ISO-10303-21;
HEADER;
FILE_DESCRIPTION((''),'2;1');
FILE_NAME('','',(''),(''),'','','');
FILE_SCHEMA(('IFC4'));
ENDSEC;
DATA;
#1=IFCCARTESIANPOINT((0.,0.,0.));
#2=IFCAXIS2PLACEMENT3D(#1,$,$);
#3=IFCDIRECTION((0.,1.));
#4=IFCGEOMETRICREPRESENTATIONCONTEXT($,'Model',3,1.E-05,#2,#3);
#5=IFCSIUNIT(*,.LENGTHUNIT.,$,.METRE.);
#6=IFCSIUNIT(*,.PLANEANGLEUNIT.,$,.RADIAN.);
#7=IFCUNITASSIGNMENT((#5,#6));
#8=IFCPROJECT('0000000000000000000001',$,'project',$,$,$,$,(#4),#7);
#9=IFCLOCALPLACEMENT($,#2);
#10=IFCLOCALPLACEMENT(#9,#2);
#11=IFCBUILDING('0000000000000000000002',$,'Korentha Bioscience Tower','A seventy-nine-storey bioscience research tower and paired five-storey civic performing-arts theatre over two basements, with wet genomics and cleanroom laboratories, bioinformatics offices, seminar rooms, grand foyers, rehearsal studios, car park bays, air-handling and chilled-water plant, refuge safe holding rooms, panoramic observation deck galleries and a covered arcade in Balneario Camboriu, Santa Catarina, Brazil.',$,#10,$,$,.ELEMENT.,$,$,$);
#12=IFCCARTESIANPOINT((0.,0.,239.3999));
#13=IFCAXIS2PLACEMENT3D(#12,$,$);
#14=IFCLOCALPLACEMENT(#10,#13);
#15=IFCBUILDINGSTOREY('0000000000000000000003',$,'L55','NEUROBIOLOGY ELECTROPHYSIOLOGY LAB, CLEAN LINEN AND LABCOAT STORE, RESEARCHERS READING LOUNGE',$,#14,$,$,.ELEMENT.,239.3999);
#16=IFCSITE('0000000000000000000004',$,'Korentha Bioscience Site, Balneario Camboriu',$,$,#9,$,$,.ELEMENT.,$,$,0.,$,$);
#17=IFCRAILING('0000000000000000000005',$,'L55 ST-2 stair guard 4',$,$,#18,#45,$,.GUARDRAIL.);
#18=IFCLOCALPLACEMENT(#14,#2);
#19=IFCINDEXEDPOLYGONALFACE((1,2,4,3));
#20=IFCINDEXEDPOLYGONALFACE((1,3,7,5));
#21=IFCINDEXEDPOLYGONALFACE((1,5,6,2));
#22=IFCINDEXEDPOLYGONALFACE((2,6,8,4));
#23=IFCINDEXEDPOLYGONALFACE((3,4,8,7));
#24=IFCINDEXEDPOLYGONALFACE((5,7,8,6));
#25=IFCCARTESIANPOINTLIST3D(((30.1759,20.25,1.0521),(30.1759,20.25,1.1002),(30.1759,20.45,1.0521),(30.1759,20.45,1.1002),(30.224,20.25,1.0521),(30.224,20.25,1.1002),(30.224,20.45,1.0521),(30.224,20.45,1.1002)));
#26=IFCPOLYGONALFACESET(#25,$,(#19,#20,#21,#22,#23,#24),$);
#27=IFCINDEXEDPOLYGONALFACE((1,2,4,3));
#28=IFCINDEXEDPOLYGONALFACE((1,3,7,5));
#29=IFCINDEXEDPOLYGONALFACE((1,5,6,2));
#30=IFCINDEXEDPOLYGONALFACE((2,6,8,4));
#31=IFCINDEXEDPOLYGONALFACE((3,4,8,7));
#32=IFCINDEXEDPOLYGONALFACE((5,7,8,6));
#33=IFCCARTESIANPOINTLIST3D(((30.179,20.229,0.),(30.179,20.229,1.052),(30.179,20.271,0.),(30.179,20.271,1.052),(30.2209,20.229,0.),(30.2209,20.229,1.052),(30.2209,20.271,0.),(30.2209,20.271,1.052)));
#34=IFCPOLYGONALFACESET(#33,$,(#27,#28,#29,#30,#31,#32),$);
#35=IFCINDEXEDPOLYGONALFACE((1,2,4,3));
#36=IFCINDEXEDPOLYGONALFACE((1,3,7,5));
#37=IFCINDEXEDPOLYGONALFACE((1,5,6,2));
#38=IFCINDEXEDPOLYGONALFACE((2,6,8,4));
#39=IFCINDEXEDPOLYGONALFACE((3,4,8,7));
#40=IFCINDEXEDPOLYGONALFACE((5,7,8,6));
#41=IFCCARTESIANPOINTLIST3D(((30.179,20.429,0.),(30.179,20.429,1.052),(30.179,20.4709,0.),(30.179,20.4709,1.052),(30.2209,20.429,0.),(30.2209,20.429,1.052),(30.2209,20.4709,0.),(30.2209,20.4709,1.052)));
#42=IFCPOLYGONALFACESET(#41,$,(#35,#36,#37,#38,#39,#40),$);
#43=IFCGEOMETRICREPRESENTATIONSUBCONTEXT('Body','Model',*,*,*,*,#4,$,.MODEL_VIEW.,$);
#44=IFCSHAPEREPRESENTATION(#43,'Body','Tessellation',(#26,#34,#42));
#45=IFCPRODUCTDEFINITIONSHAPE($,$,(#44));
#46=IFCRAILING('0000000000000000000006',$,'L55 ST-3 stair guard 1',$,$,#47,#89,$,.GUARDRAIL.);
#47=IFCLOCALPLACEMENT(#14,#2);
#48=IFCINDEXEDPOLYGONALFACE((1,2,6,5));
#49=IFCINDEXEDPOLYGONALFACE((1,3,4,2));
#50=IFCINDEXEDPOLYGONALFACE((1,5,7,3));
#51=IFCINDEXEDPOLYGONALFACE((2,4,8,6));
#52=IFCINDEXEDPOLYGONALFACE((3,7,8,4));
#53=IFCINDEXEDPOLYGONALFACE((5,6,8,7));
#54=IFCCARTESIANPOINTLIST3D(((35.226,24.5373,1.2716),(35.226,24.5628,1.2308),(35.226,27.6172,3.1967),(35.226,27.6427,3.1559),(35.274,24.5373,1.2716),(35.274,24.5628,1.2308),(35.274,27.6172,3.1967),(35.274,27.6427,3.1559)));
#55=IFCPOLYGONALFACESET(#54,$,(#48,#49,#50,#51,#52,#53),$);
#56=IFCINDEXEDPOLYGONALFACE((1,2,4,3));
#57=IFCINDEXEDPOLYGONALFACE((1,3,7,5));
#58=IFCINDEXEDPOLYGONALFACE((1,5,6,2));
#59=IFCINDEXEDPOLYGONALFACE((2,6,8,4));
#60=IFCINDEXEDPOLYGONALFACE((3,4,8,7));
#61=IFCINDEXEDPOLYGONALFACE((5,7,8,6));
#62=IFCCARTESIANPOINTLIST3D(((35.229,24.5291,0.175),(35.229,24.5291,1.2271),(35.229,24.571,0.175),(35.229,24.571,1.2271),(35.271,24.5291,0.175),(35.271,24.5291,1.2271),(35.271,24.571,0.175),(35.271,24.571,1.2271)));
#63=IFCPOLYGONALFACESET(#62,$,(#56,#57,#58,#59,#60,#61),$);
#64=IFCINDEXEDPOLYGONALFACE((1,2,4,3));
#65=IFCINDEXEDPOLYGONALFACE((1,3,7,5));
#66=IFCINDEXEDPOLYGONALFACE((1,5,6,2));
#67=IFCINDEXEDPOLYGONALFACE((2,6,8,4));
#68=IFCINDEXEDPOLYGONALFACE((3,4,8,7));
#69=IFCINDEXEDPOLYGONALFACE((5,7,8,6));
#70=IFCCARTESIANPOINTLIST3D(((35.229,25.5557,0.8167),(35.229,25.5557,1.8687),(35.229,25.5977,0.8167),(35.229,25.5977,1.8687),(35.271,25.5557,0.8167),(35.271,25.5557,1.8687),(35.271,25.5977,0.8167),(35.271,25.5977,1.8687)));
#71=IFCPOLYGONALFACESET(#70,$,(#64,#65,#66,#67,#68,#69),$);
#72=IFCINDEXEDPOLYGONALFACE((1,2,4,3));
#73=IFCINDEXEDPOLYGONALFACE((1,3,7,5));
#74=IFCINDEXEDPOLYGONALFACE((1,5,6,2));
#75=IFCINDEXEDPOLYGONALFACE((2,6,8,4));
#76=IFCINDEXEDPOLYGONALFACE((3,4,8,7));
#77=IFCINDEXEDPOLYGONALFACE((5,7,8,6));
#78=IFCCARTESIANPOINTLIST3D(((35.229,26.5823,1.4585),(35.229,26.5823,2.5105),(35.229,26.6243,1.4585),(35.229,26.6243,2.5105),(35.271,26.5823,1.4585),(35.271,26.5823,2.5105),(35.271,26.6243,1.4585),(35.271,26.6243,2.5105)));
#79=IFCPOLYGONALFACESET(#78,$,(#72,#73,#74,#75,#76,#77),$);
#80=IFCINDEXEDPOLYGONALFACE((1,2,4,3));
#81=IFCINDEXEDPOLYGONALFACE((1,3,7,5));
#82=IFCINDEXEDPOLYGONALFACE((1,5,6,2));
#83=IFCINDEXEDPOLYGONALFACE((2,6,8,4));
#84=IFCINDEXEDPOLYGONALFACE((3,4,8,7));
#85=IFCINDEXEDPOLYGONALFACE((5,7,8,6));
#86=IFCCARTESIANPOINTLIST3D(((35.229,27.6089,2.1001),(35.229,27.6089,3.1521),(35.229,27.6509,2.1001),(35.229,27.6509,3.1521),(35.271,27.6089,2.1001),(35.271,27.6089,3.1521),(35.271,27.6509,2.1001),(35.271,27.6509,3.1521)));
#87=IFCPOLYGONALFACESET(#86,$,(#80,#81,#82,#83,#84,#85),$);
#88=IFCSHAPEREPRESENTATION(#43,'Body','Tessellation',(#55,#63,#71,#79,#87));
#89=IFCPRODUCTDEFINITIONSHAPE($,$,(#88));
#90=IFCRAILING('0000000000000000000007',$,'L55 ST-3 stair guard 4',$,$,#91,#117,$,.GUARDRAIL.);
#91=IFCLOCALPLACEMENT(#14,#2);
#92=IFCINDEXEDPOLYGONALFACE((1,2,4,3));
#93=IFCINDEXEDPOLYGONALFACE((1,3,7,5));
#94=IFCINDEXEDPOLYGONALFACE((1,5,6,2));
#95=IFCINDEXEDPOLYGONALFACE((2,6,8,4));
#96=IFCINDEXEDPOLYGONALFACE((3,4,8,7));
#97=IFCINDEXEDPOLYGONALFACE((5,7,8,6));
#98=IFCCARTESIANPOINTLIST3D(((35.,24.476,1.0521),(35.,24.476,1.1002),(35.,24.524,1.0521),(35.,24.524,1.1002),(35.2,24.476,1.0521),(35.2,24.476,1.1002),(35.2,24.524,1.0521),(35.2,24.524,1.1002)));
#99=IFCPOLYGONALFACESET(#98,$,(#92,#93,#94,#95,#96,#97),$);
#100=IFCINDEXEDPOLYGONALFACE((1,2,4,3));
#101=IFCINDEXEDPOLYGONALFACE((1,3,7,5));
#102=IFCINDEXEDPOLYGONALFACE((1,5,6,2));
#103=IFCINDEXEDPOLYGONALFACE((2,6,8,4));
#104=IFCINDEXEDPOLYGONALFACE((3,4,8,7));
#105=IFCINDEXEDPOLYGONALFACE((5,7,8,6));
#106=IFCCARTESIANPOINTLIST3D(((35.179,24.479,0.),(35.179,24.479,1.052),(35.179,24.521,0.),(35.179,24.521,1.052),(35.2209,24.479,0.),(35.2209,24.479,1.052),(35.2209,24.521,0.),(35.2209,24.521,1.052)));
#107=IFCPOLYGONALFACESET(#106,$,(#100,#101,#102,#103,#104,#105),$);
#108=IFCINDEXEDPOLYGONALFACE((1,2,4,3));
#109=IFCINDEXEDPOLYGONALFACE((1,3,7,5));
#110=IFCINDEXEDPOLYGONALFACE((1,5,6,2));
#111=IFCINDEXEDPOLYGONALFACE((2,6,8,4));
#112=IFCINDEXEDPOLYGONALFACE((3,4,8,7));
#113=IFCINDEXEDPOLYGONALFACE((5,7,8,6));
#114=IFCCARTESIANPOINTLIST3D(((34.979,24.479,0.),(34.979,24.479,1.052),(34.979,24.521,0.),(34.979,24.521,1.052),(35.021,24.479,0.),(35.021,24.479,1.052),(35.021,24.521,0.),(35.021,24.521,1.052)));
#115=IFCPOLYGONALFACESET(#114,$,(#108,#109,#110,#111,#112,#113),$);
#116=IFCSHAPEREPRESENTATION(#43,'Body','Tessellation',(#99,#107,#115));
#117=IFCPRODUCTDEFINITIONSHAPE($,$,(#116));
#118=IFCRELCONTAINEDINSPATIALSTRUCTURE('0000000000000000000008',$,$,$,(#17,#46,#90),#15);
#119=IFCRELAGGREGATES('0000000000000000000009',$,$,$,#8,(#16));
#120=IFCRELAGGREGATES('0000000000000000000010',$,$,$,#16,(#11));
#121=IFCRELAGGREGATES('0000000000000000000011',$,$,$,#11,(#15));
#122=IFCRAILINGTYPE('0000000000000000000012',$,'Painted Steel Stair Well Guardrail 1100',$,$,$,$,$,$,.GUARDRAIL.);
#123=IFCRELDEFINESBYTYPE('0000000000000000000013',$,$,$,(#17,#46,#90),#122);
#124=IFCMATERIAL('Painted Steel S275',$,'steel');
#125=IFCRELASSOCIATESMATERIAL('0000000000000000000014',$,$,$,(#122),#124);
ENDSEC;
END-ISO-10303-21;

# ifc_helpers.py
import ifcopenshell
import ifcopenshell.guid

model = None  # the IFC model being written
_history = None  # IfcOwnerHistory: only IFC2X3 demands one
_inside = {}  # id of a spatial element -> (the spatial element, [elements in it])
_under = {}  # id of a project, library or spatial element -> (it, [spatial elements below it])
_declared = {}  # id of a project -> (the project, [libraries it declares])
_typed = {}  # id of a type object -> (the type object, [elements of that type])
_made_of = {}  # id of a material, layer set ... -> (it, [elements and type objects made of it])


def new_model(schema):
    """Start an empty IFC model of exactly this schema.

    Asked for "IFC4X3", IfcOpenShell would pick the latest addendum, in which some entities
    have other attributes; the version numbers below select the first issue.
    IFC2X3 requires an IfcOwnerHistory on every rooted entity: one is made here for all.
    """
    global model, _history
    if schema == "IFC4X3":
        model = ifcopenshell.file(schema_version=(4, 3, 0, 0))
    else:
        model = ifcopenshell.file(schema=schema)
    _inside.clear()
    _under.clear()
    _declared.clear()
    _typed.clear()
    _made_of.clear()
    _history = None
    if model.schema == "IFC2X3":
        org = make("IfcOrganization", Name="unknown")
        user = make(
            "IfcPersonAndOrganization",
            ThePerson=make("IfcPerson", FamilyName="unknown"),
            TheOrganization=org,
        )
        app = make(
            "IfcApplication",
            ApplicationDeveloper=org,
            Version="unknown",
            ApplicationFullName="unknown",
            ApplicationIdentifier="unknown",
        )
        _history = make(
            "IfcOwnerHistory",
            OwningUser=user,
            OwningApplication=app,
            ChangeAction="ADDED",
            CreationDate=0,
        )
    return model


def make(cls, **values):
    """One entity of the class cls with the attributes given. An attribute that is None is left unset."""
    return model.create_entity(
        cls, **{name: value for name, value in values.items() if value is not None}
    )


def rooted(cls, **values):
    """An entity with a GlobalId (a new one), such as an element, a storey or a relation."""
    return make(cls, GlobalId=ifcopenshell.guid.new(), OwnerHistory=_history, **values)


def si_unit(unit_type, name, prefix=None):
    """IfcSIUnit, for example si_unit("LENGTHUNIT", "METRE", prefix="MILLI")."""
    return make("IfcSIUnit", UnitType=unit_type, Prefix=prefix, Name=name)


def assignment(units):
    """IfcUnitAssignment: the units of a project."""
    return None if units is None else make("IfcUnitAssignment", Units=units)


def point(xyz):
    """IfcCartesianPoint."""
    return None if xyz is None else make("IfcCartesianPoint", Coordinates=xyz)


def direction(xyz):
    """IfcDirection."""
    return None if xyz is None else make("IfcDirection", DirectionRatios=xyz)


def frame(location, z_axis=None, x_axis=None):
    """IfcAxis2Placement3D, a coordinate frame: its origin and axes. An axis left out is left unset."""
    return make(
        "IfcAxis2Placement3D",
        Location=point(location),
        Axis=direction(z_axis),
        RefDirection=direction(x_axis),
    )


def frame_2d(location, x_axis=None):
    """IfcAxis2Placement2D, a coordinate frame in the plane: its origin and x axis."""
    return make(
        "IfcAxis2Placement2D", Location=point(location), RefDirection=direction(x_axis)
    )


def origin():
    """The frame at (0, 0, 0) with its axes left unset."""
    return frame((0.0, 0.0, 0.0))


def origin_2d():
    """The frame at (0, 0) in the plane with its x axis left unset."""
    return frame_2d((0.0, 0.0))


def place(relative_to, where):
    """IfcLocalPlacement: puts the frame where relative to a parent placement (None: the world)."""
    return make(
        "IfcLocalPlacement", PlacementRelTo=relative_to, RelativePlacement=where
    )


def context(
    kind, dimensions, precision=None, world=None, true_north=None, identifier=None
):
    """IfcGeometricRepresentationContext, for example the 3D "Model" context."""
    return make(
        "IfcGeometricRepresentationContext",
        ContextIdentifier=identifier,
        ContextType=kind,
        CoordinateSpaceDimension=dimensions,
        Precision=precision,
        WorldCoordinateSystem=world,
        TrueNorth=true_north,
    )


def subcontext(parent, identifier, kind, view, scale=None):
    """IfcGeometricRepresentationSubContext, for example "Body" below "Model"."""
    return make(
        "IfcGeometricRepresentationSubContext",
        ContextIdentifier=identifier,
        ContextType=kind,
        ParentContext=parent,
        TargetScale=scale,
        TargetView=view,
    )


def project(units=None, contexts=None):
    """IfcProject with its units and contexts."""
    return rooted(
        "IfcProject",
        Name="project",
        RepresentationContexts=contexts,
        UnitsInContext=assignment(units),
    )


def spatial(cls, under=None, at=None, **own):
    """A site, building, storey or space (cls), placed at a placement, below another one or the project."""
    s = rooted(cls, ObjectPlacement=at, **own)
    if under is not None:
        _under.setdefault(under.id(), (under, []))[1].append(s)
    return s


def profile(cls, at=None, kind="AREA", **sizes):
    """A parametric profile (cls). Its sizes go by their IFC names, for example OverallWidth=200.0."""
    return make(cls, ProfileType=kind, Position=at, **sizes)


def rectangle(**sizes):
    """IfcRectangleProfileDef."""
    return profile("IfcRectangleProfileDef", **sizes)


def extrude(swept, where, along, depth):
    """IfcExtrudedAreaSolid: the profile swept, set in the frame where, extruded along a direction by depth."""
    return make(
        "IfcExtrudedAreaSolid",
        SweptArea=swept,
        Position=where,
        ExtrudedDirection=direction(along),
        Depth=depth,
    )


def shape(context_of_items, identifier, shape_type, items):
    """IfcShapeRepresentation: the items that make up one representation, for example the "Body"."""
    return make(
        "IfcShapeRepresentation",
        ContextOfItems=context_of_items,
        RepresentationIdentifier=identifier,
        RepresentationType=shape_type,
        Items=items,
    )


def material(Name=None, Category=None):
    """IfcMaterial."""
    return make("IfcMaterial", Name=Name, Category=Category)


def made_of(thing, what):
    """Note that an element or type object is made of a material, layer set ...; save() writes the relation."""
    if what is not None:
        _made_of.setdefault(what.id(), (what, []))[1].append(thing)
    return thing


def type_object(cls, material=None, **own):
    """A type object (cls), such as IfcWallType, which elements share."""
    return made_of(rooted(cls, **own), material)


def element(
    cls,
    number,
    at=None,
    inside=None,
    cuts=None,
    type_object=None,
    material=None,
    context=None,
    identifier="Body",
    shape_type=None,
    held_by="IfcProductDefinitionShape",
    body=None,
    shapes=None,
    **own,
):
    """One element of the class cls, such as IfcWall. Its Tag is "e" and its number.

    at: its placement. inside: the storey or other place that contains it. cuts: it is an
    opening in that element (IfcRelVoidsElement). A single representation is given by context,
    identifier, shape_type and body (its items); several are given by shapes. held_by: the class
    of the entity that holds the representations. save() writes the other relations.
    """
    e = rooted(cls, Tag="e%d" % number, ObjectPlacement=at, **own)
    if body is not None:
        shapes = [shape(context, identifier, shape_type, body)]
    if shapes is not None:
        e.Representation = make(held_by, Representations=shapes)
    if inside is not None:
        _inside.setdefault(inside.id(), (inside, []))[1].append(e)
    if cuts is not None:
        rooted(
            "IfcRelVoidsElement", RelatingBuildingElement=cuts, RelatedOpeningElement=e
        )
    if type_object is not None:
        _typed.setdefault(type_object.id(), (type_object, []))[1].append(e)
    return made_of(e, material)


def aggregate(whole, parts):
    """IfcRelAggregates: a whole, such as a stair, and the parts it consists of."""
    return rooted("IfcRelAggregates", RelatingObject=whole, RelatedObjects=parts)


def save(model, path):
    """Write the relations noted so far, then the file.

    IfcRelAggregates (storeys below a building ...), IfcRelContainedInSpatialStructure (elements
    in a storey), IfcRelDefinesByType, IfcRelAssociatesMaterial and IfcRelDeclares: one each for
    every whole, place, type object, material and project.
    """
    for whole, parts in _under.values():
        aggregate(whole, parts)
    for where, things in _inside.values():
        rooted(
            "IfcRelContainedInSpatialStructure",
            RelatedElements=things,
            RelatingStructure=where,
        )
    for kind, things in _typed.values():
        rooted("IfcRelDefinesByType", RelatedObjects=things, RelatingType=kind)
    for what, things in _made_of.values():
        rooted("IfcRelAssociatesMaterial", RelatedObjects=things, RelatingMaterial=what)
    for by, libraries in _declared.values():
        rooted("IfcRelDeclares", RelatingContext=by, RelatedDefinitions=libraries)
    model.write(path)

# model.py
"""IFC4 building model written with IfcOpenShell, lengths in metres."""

from ifc_helpers import new_model, si_unit, direction, frame, origin, origin_2d, place, context, subcontext, project, spatial, rectangle, extrude, material, type_object, element, save


model = new_model("IFC4")

# Units and contexts
model_context = context("Model", 3, precision=1e-05, world=origin(), true_north=direction((0.0, 1.0)))
body_context = subcontext(model_context, "Body", "Model", "MODEL_VIEW")
ifc_project = project(units=[si_unit("LENGTHUNIT", "METRE"), si_unit("PLANEANGLEUNIT", "RADIAN")], contexts=[model_context])

# Site, building, storey
site_placement = place(None, origin())
site = spatial("IfcSite", under=ifc_project, at=site_placement, Name="Korentha Bioscience Site, Balneario Camboriu", CompositionType="ELEMENT", RefElevation=0.0)
building_placement = place(site_placement, origin())
building = spatial("IfcBuilding", under=site, at=building_placement, Name="Korentha Bioscience Tower", Description="A seventy-nine-storey bioscience research tower and paired five-storey civic performing-arts theatre over two basements, with wet genomics and cleanroom laboratories, bioinformatics offices, seminar rooms, grand foyers, rehearsal studios, car park bays, air-handling and chilled-water plant, refuge safe holding rooms, panoramic observation deck galleries and a covered arcade in Balneario Camboriu, Santa Catarina, Brazil.", CompositionType="ELEMENT")
storey_placement = place(building_placement, frame((0.0, 0.0, 239.3999)))
storey = spatial("IfcBuildingStorey", under=building, at=storey_placement, Name="L55", Description="NEUROBIOLOGY ELECTROPHYSIOLOGY LAB, CLEAN LINEN AND LABCOAT STORE, RESEARCHERS READING LOUNGE", CompositionType="ELEMENT", Elevation=239.3999)

# Railings
ifc_material_1 = material(Name="Painted Steel S275", Category="steel")
railing_type_1 = type_object("IfcRailingType", Name="Painted Steel Stair Well Guardrail 1100", PredefinedType="GUARDRAIL", material=ifc_material_1)
railing_1_placement = place(storey_placement, frame((30.2, 20.25, 0.0)))
element("IfcRailing", 1, at=railing_1_placement, inside=storey, type_object=railing_type_1, Name="L55 ST-2 stair guard 4", PredefinedType="GUARDRAIL", context=body_context, shape_type="SweptSolid", body=[
    extrude(rectangle(XDim=0.0481, YDim=0.0481, at=origin_2d()), frame((0.0, 0.0, 1.0762), z_axis=(0.0, 1.0, 0.0), x_axis=(-1.0, 0.0, 0.0)), (0.0, 0.0, 1.0), 0.2),
    extrude(rectangle(XDim=0.042, YDim=0.042, at=origin_2d()), origin(), (0.0, 0.0, 1.0), 1.052),
    extrude(rectangle(XDim=0.042, YDim=0.042, at=origin_2d()), frame((0.0, 0.2, 0.0)), (0.0, 0.0, 1.0), 1.052),
])
railing_2_placement = place(storey_placement, frame((35.25, 24.55, 0.175)))
element("IfcRailing", 2, at=railing_2_placement, inside=storey, type_object=railing_type_1, Name="L55 ST-3 stair guard 1", PredefinedType="GUARDRAIL", context=body_context, shape_type="SweptSolid", body=[
    extrude(rectangle(XDim=0.0481, YDim=0.0481, at=origin_2d()), frame((0.0, 0.0, 1.0762), z_axis=(0.0, 0.847979, 0.530029), x_axis=(-1.0, 0.0, 0.0)), (0.0, 0.0, 1.0), 3.6321),
    extrude(rectangle(XDim=0.042, YDim=0.042, at=origin_2d()), origin(), (0.0, 0.0, 1.0), 1.052),
    extrude(rectangle(XDim=0.042, YDim=0.042, at=origin_2d()), frame((0.0, 1.0266, 0.6416)), (0.0, 0.0, 1.0), 1.052),
    extrude(rectangle(XDim=0.042, YDim=0.042, at=origin_2d()), frame((0.0, 2.0532, 1.2834)), (0.0, 0.0, 1.0), 1.052),
    extrude(rectangle(XDim=0.042, YDim=0.042, at=origin_2d()), frame((0.0, 3.0798, 1.925)), (0.0, 0.0, 1.0), 1.052),
])
railing_3_placement = place(storey_placement, frame((35.2, 24.5, 0.0)))
element("IfcRailing", 3, at=railing_3_placement, inside=storey, type_object=railing_type_1, Name="L55 ST-3 stair guard 4", PredefinedType="GUARDRAIL", context=body_context, shape_type="SweptSolid", body=[
    extrude(rectangle(XDim=0.0481, YDim=0.0481, at=origin_2d()), frame((0.0, 0.0, 1.0762), z_axis=(-1.0, 0.0, 0.0), x_axis=(0.0, -1.0, 0.0)), (0.0, 0.0, 1.0), 0.2),
    extrude(rectangle(XDim=0.042, YDim=0.042, at=origin_2d()), origin(), (0.0, 0.0, 1.0), 1.052),
    extrude(rectangle(XDim=0.042, YDim=0.042, at=origin_2d()), frame((-0.2, 0.0, 0.0)), (0.0, 0.0, 1.0), 1.052),
])

save(model, "model.ifc")
